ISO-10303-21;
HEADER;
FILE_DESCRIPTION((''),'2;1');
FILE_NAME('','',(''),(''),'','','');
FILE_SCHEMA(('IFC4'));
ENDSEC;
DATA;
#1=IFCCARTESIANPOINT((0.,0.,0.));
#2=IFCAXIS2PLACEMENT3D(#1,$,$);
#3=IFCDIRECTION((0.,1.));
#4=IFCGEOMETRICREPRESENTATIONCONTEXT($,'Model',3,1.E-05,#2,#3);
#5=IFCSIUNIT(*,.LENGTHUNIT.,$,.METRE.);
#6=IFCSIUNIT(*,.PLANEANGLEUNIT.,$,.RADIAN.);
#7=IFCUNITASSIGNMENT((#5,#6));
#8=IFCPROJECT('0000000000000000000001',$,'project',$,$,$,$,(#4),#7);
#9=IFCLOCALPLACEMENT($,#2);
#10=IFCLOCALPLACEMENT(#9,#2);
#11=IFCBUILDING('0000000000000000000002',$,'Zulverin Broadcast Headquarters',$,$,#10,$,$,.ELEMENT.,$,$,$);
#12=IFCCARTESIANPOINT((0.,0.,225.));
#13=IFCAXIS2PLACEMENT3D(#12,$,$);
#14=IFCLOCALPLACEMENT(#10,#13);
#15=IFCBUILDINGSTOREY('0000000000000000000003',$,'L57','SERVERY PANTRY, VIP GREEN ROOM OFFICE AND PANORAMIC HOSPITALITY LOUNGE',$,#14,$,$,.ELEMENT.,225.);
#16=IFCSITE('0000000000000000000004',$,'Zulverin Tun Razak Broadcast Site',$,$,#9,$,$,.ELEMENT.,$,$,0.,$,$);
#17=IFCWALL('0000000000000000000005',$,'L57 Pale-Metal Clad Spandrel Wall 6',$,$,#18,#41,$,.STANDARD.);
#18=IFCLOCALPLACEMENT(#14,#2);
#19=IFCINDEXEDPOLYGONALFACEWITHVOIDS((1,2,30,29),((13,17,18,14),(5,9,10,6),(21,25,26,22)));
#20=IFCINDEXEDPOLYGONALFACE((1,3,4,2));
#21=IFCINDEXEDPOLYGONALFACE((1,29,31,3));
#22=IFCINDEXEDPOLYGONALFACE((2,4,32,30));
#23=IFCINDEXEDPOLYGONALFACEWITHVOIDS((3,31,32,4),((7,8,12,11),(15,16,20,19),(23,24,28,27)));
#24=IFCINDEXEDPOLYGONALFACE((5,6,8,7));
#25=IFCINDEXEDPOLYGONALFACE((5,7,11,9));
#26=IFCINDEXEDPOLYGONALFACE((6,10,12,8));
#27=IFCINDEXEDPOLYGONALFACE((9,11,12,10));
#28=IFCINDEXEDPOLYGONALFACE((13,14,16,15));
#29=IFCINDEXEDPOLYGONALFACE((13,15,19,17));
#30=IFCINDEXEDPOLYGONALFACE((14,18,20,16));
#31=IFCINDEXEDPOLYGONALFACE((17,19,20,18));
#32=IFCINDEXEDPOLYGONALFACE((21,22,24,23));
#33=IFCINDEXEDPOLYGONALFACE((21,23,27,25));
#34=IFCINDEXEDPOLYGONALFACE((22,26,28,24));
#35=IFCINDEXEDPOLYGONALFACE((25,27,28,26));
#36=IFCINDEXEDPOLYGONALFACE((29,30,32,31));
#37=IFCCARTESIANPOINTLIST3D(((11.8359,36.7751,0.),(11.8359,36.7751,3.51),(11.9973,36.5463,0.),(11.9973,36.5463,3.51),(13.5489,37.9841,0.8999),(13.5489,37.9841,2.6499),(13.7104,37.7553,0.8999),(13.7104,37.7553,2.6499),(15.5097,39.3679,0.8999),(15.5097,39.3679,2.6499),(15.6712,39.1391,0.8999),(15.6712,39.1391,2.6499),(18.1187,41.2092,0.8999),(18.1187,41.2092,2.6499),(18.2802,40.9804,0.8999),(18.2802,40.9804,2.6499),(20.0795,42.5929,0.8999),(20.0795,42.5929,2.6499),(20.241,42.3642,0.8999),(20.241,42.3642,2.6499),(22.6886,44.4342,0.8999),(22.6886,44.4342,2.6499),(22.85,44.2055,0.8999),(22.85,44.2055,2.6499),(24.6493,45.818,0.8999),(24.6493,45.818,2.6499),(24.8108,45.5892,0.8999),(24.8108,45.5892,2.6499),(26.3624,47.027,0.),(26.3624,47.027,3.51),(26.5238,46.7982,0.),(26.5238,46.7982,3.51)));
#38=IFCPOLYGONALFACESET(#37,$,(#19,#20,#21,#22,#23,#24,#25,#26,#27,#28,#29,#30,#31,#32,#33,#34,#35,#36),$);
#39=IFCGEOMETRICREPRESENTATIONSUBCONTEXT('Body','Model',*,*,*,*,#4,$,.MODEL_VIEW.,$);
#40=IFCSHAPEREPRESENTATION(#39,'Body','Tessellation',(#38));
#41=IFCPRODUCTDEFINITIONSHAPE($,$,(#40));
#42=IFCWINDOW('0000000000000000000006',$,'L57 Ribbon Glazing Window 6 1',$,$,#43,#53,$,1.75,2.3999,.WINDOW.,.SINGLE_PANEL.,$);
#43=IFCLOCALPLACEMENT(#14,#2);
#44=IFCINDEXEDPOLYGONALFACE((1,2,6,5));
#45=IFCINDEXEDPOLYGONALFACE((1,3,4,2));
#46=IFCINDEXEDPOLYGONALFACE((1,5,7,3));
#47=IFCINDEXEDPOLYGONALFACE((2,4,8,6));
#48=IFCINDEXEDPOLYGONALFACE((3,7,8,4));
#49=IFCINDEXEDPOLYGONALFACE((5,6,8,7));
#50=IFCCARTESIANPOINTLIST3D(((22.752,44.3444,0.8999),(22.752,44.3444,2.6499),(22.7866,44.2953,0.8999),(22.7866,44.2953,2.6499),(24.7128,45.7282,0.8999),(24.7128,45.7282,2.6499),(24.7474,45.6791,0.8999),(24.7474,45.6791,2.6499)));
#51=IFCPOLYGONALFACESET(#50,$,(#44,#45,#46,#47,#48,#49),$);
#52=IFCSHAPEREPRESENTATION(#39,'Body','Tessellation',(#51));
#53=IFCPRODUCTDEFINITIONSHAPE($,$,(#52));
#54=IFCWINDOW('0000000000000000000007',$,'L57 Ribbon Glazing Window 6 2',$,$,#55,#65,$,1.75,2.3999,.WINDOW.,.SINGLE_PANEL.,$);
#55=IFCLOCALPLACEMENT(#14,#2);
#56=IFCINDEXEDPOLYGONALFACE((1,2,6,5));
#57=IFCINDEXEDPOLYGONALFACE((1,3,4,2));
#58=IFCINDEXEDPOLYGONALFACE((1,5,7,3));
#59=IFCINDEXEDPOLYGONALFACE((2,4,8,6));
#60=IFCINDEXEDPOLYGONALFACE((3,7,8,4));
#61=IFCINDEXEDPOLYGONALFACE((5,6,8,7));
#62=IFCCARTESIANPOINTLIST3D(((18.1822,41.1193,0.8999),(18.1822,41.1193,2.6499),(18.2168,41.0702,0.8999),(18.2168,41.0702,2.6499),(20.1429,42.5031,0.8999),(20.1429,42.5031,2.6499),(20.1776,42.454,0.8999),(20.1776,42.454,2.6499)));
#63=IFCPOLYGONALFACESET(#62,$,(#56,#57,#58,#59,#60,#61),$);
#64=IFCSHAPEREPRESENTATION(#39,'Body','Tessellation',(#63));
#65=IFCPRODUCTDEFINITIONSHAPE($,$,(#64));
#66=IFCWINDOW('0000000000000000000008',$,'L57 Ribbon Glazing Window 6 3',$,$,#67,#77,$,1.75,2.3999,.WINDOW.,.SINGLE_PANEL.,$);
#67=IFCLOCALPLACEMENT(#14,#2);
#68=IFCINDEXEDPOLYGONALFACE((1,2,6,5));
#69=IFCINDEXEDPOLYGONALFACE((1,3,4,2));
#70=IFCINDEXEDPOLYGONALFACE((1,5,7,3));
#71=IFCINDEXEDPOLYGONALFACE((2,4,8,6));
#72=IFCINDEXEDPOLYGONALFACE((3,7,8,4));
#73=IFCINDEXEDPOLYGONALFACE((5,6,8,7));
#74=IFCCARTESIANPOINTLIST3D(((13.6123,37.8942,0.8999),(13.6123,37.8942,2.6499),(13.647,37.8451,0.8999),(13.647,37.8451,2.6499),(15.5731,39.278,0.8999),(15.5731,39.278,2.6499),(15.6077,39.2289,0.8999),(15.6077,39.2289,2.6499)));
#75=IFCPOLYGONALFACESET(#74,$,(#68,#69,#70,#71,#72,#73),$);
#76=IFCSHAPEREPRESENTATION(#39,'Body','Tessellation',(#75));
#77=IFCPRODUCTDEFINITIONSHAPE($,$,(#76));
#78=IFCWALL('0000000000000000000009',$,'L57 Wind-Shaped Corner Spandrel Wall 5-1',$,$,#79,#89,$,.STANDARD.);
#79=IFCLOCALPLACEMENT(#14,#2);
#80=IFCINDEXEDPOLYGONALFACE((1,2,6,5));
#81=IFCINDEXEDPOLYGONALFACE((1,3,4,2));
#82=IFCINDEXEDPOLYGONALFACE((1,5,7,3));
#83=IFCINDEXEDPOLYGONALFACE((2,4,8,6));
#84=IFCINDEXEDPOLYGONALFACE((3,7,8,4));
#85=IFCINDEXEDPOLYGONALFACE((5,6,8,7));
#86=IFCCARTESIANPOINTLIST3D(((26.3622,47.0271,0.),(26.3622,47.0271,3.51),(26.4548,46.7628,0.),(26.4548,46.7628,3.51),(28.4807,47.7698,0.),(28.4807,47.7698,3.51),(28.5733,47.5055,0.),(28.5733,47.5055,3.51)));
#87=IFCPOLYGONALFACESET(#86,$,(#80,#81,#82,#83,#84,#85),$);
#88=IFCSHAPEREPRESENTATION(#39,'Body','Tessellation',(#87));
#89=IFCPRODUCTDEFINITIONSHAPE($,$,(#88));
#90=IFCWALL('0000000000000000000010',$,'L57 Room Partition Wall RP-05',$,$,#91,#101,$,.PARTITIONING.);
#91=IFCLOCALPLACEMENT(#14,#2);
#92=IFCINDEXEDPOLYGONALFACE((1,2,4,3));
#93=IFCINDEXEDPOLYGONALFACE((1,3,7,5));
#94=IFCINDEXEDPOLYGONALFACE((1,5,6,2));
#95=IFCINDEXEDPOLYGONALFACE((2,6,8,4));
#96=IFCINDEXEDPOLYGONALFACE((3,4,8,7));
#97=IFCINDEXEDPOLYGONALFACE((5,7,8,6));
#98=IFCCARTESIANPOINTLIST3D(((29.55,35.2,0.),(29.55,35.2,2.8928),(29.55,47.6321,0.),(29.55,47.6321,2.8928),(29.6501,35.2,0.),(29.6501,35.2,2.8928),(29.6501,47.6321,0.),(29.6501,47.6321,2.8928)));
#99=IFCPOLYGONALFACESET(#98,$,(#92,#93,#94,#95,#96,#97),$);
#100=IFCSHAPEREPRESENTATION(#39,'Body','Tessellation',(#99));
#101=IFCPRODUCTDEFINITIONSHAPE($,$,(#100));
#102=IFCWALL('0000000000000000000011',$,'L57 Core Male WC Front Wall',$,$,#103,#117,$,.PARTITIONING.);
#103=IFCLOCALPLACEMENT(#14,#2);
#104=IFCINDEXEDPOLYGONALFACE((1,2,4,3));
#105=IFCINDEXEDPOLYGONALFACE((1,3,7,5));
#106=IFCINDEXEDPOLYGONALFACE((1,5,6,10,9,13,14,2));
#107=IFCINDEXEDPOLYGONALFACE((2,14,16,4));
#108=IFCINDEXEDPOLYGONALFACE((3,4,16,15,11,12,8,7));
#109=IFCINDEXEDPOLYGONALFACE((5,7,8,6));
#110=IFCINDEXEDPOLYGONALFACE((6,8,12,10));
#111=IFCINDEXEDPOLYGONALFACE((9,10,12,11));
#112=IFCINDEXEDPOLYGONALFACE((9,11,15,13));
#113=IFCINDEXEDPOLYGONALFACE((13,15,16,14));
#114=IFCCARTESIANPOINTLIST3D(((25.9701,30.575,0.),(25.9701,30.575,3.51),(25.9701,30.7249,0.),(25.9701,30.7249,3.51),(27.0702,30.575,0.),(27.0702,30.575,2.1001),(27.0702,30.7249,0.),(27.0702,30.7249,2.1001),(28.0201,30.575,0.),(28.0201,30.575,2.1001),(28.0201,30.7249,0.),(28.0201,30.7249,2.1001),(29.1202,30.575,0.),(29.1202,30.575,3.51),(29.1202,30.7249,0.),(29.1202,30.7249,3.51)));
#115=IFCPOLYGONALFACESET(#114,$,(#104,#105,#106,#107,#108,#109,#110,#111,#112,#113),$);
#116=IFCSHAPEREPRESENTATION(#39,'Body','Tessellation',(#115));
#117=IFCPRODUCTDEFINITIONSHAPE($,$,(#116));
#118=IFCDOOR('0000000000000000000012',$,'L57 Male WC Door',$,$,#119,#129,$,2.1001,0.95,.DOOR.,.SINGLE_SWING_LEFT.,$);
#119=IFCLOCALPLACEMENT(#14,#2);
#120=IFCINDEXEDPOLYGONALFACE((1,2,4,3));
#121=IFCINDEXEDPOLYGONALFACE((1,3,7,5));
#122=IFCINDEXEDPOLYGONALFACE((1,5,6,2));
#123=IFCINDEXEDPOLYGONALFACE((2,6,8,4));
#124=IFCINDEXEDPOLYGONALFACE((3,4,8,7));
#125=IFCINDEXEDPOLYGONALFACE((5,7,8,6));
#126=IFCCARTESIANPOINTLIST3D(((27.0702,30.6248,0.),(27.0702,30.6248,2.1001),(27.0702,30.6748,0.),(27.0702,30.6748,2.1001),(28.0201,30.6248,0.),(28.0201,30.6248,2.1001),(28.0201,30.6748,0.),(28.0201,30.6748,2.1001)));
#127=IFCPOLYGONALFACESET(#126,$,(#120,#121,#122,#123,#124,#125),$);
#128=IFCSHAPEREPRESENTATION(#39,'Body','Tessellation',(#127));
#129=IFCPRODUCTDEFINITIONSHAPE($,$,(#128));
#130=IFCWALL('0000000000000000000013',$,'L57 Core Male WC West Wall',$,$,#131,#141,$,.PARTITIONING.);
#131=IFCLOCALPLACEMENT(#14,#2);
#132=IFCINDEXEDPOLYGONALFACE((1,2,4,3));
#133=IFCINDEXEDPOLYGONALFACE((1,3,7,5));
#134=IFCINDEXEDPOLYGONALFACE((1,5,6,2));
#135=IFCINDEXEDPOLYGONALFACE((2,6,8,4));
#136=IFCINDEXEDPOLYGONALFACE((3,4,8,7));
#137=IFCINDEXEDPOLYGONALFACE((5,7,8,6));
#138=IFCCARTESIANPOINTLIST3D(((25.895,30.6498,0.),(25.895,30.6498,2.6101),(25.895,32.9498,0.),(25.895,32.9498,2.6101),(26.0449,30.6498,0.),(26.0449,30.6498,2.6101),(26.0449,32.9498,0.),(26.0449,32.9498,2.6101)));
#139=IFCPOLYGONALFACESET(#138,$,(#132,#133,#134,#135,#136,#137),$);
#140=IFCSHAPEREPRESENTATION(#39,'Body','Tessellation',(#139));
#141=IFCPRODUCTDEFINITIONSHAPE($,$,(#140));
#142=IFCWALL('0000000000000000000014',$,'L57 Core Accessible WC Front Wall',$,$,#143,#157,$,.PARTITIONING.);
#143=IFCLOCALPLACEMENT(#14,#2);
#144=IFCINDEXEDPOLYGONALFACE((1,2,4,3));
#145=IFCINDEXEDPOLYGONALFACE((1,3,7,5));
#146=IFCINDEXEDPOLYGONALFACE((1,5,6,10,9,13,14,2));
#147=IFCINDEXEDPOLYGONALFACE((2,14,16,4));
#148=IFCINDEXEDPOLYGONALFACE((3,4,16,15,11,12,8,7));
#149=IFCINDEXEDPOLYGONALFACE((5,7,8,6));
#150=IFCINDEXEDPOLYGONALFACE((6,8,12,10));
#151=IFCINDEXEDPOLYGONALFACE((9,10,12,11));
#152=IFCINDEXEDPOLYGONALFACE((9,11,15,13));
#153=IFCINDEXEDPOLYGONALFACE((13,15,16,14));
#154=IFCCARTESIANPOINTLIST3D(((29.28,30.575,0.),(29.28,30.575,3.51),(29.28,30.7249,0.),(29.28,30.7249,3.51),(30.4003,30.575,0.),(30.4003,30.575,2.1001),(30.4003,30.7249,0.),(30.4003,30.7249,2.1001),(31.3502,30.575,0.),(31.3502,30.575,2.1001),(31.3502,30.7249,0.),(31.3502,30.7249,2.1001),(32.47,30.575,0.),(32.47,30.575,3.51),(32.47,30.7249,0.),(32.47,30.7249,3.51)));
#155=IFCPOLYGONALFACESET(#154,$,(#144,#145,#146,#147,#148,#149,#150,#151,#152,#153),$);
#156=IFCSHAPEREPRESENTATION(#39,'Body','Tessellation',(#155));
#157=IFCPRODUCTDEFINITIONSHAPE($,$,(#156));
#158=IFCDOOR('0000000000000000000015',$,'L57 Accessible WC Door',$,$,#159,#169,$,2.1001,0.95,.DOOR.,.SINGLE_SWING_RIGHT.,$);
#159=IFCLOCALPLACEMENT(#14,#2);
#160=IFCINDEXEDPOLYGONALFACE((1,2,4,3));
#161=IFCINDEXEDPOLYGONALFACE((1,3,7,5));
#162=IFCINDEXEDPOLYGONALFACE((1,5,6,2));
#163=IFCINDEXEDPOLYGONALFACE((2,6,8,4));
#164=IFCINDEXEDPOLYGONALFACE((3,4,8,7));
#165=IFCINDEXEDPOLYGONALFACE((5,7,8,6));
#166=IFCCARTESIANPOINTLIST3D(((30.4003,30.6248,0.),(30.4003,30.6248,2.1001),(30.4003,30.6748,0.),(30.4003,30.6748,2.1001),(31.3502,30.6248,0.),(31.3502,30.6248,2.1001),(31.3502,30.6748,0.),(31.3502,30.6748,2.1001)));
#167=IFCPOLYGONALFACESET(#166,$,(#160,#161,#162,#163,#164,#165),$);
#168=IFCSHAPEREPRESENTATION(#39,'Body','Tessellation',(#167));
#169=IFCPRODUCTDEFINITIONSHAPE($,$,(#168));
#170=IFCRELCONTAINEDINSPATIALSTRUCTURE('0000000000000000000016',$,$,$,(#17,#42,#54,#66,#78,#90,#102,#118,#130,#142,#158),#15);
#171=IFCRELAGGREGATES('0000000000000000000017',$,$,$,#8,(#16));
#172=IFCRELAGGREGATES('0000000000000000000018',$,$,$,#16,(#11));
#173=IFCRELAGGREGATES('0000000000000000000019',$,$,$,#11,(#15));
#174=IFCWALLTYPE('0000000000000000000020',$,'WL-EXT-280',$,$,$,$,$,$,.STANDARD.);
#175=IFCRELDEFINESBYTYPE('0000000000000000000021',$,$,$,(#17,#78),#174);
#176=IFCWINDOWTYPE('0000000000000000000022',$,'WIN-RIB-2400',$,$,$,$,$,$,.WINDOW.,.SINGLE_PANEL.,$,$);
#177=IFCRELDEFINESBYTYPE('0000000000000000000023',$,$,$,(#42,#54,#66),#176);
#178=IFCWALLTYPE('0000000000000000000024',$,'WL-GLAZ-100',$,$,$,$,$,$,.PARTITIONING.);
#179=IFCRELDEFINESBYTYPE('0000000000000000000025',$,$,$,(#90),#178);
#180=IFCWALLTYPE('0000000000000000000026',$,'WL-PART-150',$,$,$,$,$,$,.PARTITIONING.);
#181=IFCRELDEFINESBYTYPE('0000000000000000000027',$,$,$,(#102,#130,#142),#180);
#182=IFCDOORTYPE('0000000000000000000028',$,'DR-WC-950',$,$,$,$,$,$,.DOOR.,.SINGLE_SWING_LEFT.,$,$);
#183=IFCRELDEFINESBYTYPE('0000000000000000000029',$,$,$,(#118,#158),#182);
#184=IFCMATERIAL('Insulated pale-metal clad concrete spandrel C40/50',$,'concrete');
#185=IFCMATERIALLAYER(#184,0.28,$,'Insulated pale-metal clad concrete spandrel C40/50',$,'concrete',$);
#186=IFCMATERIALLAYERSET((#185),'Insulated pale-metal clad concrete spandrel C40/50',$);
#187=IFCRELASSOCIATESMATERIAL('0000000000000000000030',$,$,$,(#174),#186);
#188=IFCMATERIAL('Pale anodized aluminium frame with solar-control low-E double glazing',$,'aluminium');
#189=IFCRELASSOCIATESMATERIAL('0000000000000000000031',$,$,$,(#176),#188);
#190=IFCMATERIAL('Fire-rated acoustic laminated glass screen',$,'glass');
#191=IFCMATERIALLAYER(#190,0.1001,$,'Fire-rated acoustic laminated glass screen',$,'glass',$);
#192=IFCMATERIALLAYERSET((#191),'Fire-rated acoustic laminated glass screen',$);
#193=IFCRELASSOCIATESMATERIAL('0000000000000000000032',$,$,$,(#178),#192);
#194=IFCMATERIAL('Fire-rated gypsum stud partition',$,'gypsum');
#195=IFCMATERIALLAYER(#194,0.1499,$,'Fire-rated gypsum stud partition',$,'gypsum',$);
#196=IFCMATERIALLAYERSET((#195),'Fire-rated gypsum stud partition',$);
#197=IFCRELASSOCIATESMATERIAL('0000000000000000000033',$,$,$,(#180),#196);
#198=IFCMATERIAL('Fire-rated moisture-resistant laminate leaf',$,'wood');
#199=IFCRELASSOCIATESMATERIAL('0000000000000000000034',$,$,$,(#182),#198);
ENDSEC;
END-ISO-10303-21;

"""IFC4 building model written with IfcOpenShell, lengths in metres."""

from ifc_helpers import new_model, si_unit, direction, frame, frame_2d, origin, place, context, subcontext, project, spatial, rectangle, extrude, material, layer, layer_set, type_object, element, fill, save


model = new_model("IFC4")

# Units and contexts
model_context = context("Model", 3, precision=1e-05, world=origin(), true_north=direction((0.0, 1.0)))
body_context = subcontext(model_context, "Body", "Model", "MODEL_VIEW")
ifc_project = project(units=[si_unit("LENGTHUNIT", "METRE"), si_unit("PLANEANGLEUNIT", "RADIAN")], contexts=[model_context])

# Site, building, storey
site_placement = place(None, origin())
site = spatial("IfcSite", under=ifc_project, at=site_placement, Name="Zulverin Tun Razak Broadcast Site", CompositionType="ELEMENT", RefElevation=0.0)
building_placement = place(site_placement, origin())
building = spatial("IfcBuilding", under=site, at=building_placement, Name="Zulverin Broadcast Headquarters", CompositionType="ELEMENT")
storey_placement = place(building_placement, frame((0.0, 0.0, 225.0)))
storey = spatial("IfcBuildingStorey", under=building, at=storey_placement, Name="L57", Description="SERVERY PANTRY, VIP GREEN ROOM OFFICE AND PANORAMIC HOSPITALITY LOUNGE", CompositionType="ELEMENT", Elevation=225.0)

# Wall, openings, windows
ifc_material_1 = material(Name="Insulated pale-metal clad concrete spandrel C40/50", Category="concrete")
ifc_layer_1 = layer(ifc_material_1, 0.28, Name="Insulated pale-metal clad concrete spandrel C40/50", Category="concrete")
ifc_layer_set_1 = layer_set([ifc_layer_1], Name="Insulated pale-metal clad concrete spandrel C40/50")
wall_type_1 = type_object("IfcWallType", Name="WL-EXT-280", PredefinedType="STANDARD", material=ifc_layer_set_1)
wall_1_placement = place(storey_placement, frame((26.4431, 46.9126, 0.0), z_axis=(0.0, 0.0, 1.0), x_axis=(-0.817024, -0.576603, 0.0)))
wall_1 = element("IfcWall", 1, at=wall_1_placement, inside=storey, type_object=wall_type_1, Name="L57 Pale-Metal Clad Spandrel Wall 6", PredefinedType="STANDARD", context=body_context, shape_type="SweptSolid", body=[
    extrude(rectangle(XDim=17.7798, YDim=0.28, at=frame_2d((8.8899, 0.0))), origin(), (0.0, 0.0, 1.0), 3.51),
])
opening_1_placement = place(wall_1_placement, frame((2.0967, 0.0, 0.8999)))
opening_1 = element("IfcOpeningElement", 2, at=opening_1_placement, cuts=wall_1, PredefinedType="OPENING", context=body_context, shape_type="SweptSolid", body=[
    extrude(rectangle(XDim=2.3999, YDim=1.75, at=frame_2d((1.2, 0.875))), frame((0.0, 0.1499, 0.0), z_axis=(0.0, -1.0, 0.0), x_axis=(1.0, 0.0, 0.0)), (0.0, 0.0, 1.0), 0.3),
])
opening_2_placement = place(wall_1_placement, frame((7.6899, 0.0, 0.8999)))
opening_2 = element("IfcOpeningElement", 3, at=opening_2_placement, cuts=wall_1, PredefinedType="OPENING", context=body_context, shape_type="SweptSolid", body=[
    extrude(rectangle(XDim=2.3999, YDim=1.75, at=frame_2d((1.2, 0.875))), frame((0.0, 0.1499, 0.0), z_axis=(0.0, -1.0, 0.0), x_axis=(1.0, 0.0, 0.0)), (0.0, 0.0, 1.0), 0.3),
])
opening_3_placement = place(wall_1_placement, frame((13.2832, 0.0, 0.8999)))
opening_3 = element("IfcOpeningElement", 4, at=opening_3_placement, cuts=wall_1, PredefinedType="OPENING", context=body_context, shape_type="SweptSolid", body=[
    extrude(rectangle(XDim=2.3999, YDim=1.75, at=frame_2d((1.2, 0.875))), frame((0.0, 0.1499, 0.0), z_axis=(0.0, -1.0, 0.0), x_axis=(1.0, 0.0, 0.0)), (0.0, 0.0, 1.0), 0.3),
])
ifc_material_2 = material(Name="Pale anodized aluminium frame with solar-control low-E double glazing", Category="aluminium")
window_type = type_object("IfcWindowType", Name="WIN-RIB-2400", PartitioningType="SINGLE_PANEL", PredefinedType="WINDOW", material=ifc_material_2)
window_1_placement = place(opening_1_placement, origin())
window_1 = element("IfcWindow", 5, at=window_1_placement, inside=storey, type_object=window_type, Name="L57 Ribbon Glazing Window 6 1", OverallHeight=1.75, OverallWidth=2.3999, PartitioningType="SINGLE_PANEL", PredefinedType="WINDOW", context=body_context, shape_type="SweptSolid", body=[
    extrude(rectangle(XDim=2.3999, YDim=1.75, at=frame_2d((1.2, 0.875))), frame((0.0, 0.03, 0.0), z_axis=(0.0, -1.0, 0.0), x_axis=(1.0, 0.0, 0.0)), (0.0, 0.0, 1.0), 0.0601),
])
fill(opening_1, window_1)
window_2_placement = place(opening_2_placement, origin())
window_2 = element("IfcWindow", 6, at=window_2_placement, inside=storey, type_object=window_type, Name="L57 Ribbon Glazing Window 6 2", OverallHeight=1.75, OverallWidth=2.3999, PartitioningType="SINGLE_PANEL", PredefinedType="WINDOW", context=body_context, shape_type="SweptSolid", body=[
    extrude(rectangle(XDim=2.3999, YDim=1.75, at=frame_2d((1.2, 0.875))), frame((0.0, 0.03, 0.0), z_axis=(0.0, -1.0, 0.0), x_axis=(1.0, 0.0, 0.0)), (0.0, 0.0, 1.0), 0.0601),
])
fill(opening_2, window_2)
window_3_placement = place(opening_3_placement, origin())
window_3 = element("IfcWindow", 7, at=window_3_placement, inside=storey, type_object=window_type, Name="L57 Ribbon Glazing Window 6 3", OverallHeight=1.75, OverallWidth=2.3999, PartitioningType="SINGLE_PANEL", PredefinedType="WINDOW", context=body_context, shape_type="SweptSolid", body=[
    extrude(rectangle(XDim=2.3999, YDim=1.75, at=frame_2d((1.2, 0.875))), frame((0.0, 0.03, 0.0), z_axis=(0.0, -1.0, 0.0), x_axis=(1.0, 0.0, 0.0)), (0.0, 0.0, 1.0), 0.0601),
])
fill(opening_3, window_3)

# Walls
wall_2_placement = place(storey_placement, frame((28.5271, 47.6377, 0.0), z_axis=(0.0, 0.0, 1.0), x_axis=(-0.943687, -0.33084, 0.0)))
element("IfcWall", 8, at=wall_2_placement, inside=storey, type_object=wall_type_1, Name="L57 Wind-Shaped Corner Spandrel Wall 5-1", PredefinedType="STANDARD", context=body_context, shape_type="SweptSolid", body=[
    extrude(rectangle(XDim=2.2449, YDim=0.28, at=frame_2d((1.1226, 0.0))), origin(), (0.0, 0.0, 1.0), 3.51),
])
ifc_material_3 = material(Name="Fire-rated acoustic laminated glass screen", Category="glass")
ifc_layer_2 = layer(ifc_material_3, 0.1001, Name="Fire-rated acoustic laminated glass screen", Category="glass")
ifc_layer_set_2 = layer_set([ifc_layer_2], Name="Fire-rated acoustic laminated glass screen")
wall_type_2 = type_object("IfcWallType", Name="WL-GLAZ-100", PredefinedType="PARTITIONING", material=ifc_layer_set_2)
wall_3_placement = place(storey_placement, frame((29.6001, 35.2, 0.0), z_axis=(0.0, 0.0, 1.0), x_axis=(0.0, 1.0, 0.0)))
element("IfcWall", 9, at=wall_3_placement, inside=storey, type_object=wall_type_2, Name="L57 Room Partition Wall RP-05", PredefinedType="PARTITIONING", context=body_context, shape_type="SweptSolid", body=[
    extrude(rectangle(XDim=12.4321, YDim=0.1001, at=frame_2d((6.2161, 0.0))), origin(), (0.0, 0.0, 1.0), 2.8928),
])

# Wall, opening, door
ifc_material_4 = material(Name="Fire-rated gypsum stud partition", Category="gypsum")
ifc_layer_3 = layer(ifc_material_4, 0.1499, Name="Fire-rated gypsum stud partition", Category="gypsum")
ifc_layer_set_3 = layer_set([ifc_layer_3], Name="Fire-rated gypsum stud partition")
wall_type_3 = type_object("IfcWallType", Name="WL-PART-150", PredefinedType="PARTITIONING", material=ifc_layer_set_3)
wall_4_placement = place(storey_placement, frame((25.97, 30.6499, 0.0), z_axis=(0.0, 0.0, 1.0), x_axis=(1.0, 0.0, 0.0)))
wall_4 = element("IfcWall", 10, at=wall_4_placement, inside=storey, type_object=wall_type_3, Name="L57 Core Male WC Front Wall", PredefinedType="PARTITIONING", context=body_context, shape_type="SweptSolid", body=[
    extrude(rectangle(XDim=3.1501, YDim=0.1499, at=frame_2d((1.5752, 0.0))), origin(), (0.0, 0.0, 1.0), 3.51),
])
opening_4_placement = place(wall_4_placement, frame((1.1001, 0.0, 0.0)))
opening_4 = element("IfcOpeningElement", 11, at=opening_4_placement, cuts=wall_4, PredefinedType="OPENING", context=body_context, shape_type="SweptSolid", body=[
    extrude(rectangle(XDim=0.95, YDim=2.1001, at=frame_2d((0.4751, 1.05))), frame((0.0, 0.085, 0.0), z_axis=(0.0, -1.0, 0.0), x_axis=(1.0, 0.0, 0.0)), (0.0, 0.0, 1.0), 0.1699),
])
ifc_material_5 = material(Name="Fire-rated moisture-resistant laminate leaf", Category="wood")
door_type_1 = type_object("IfcDoorType", Name="DR-WC-950", OperationType="SINGLE_SWING_LEFT", PredefinedType="DOOR", material=ifc_material_5)
door_1_placement = place(opening_4_placement, origin())
door_1 = element("IfcDoor", 12, at=door_1_placement, inside=storey, type_object=door_type_1, Name="L57 Male WC Door", OperationType="SINGLE_SWING_LEFT", OverallHeight=2.1001, OverallWidth=0.95, PredefinedType="DOOR", context=body_context, shape_type="SweptSolid", body=[
    extrude(rectangle(XDim=0.95, YDim=2.1001, at=frame_2d((0.4751, 1.05))), frame((0.0, 0.0249, 0.0), z_axis=(0.0, -1.0, 0.0), x_axis=(1.0, 0.0, 0.0)), (0.0, 0.0, 1.0), 0.05),
])
fill(opening_4, door_1)

# Wall
wall_5_placement = place(storey_placement, frame((25.97, 30.6499, 0.0), z_axis=(0.0, 0.0, 1.0), x_axis=(0.0, 1.0, 0.0)))
element("IfcWall", 13, at=wall_5_placement, inside=storey, type_object=wall_type_3, Name="L57 Core Male WC West Wall", PredefinedType="PARTITIONING", context=body_context, shape_type="SweptSolid", body=[
    extrude(rectangle(XDim=2.3, YDim=0.1499, at=frame_2d((1.1499, 0.0))), origin(), (0.0, 0.0, 1.0), 2.6101),
])

# Wall, opening, door
wall_6_placement = place(storey_placement, frame((29.28, 30.6499, 0.0), z_axis=(0.0, 0.0, 1.0), x_axis=(1.0, 0.0, 0.0)))
wall_6 = element("IfcWall", 14, at=wall_6_placement, inside=storey, type_object=wall_type_3, Name="L57 Core Accessible WC Front Wall", PredefinedType="PARTITIONING", context=body_context, shape_type="SweptSolid", body=[
    extrude(rectangle(XDim=3.1899, YDim=0.1499, at=frame_2d((1.595, 0.0))), origin(), (0.0, 0.0, 1.0), 3.51),
])
opening_5_placement = place(wall_6_placement, frame((1.1201, 0.0, 0.0)))
opening_5 = element("IfcOpeningElement", 15, at=opening_5_placement, cuts=wall_6, PredefinedType="OPENING", context=body_context, shape_type="SweptSolid", body=[
    extrude(rectangle(XDim=0.95, YDim=2.1001, at=frame_2d((0.4751, 1.05))), frame((0.0, 0.085, 0.0), z_axis=(0.0, -1.0, 0.0), x_axis=(1.0, 0.0, 0.0)), (0.0, 0.0, 1.0), 0.1699),
])
door_2_placement = place(opening_5_placement, origin())
door_2 = element("IfcDoor", 16, at=door_2_placement, inside=storey, type_object=door_type_1, Name="L57 Accessible WC Door", OperationType="SINGLE_SWING_RIGHT", OverallHeight=2.1001, OverallWidth=0.95, PredefinedType="DOOR", context=body_context, shape_type="SweptSolid", body=[
    extrude(rectangle(XDim=0.95, YDim=2.1001, at=frame_2d((0.4751, 1.05))), frame((0.0, 0.0249, 0.0), z_axis=(0.0, -1.0, 0.0), x_axis=(1.0, 0.0, 0.0)), (0.0, 0.0, 1.0), 0.05),
])
fill(opening_5, door_2)

save(model, "model.ifc")
